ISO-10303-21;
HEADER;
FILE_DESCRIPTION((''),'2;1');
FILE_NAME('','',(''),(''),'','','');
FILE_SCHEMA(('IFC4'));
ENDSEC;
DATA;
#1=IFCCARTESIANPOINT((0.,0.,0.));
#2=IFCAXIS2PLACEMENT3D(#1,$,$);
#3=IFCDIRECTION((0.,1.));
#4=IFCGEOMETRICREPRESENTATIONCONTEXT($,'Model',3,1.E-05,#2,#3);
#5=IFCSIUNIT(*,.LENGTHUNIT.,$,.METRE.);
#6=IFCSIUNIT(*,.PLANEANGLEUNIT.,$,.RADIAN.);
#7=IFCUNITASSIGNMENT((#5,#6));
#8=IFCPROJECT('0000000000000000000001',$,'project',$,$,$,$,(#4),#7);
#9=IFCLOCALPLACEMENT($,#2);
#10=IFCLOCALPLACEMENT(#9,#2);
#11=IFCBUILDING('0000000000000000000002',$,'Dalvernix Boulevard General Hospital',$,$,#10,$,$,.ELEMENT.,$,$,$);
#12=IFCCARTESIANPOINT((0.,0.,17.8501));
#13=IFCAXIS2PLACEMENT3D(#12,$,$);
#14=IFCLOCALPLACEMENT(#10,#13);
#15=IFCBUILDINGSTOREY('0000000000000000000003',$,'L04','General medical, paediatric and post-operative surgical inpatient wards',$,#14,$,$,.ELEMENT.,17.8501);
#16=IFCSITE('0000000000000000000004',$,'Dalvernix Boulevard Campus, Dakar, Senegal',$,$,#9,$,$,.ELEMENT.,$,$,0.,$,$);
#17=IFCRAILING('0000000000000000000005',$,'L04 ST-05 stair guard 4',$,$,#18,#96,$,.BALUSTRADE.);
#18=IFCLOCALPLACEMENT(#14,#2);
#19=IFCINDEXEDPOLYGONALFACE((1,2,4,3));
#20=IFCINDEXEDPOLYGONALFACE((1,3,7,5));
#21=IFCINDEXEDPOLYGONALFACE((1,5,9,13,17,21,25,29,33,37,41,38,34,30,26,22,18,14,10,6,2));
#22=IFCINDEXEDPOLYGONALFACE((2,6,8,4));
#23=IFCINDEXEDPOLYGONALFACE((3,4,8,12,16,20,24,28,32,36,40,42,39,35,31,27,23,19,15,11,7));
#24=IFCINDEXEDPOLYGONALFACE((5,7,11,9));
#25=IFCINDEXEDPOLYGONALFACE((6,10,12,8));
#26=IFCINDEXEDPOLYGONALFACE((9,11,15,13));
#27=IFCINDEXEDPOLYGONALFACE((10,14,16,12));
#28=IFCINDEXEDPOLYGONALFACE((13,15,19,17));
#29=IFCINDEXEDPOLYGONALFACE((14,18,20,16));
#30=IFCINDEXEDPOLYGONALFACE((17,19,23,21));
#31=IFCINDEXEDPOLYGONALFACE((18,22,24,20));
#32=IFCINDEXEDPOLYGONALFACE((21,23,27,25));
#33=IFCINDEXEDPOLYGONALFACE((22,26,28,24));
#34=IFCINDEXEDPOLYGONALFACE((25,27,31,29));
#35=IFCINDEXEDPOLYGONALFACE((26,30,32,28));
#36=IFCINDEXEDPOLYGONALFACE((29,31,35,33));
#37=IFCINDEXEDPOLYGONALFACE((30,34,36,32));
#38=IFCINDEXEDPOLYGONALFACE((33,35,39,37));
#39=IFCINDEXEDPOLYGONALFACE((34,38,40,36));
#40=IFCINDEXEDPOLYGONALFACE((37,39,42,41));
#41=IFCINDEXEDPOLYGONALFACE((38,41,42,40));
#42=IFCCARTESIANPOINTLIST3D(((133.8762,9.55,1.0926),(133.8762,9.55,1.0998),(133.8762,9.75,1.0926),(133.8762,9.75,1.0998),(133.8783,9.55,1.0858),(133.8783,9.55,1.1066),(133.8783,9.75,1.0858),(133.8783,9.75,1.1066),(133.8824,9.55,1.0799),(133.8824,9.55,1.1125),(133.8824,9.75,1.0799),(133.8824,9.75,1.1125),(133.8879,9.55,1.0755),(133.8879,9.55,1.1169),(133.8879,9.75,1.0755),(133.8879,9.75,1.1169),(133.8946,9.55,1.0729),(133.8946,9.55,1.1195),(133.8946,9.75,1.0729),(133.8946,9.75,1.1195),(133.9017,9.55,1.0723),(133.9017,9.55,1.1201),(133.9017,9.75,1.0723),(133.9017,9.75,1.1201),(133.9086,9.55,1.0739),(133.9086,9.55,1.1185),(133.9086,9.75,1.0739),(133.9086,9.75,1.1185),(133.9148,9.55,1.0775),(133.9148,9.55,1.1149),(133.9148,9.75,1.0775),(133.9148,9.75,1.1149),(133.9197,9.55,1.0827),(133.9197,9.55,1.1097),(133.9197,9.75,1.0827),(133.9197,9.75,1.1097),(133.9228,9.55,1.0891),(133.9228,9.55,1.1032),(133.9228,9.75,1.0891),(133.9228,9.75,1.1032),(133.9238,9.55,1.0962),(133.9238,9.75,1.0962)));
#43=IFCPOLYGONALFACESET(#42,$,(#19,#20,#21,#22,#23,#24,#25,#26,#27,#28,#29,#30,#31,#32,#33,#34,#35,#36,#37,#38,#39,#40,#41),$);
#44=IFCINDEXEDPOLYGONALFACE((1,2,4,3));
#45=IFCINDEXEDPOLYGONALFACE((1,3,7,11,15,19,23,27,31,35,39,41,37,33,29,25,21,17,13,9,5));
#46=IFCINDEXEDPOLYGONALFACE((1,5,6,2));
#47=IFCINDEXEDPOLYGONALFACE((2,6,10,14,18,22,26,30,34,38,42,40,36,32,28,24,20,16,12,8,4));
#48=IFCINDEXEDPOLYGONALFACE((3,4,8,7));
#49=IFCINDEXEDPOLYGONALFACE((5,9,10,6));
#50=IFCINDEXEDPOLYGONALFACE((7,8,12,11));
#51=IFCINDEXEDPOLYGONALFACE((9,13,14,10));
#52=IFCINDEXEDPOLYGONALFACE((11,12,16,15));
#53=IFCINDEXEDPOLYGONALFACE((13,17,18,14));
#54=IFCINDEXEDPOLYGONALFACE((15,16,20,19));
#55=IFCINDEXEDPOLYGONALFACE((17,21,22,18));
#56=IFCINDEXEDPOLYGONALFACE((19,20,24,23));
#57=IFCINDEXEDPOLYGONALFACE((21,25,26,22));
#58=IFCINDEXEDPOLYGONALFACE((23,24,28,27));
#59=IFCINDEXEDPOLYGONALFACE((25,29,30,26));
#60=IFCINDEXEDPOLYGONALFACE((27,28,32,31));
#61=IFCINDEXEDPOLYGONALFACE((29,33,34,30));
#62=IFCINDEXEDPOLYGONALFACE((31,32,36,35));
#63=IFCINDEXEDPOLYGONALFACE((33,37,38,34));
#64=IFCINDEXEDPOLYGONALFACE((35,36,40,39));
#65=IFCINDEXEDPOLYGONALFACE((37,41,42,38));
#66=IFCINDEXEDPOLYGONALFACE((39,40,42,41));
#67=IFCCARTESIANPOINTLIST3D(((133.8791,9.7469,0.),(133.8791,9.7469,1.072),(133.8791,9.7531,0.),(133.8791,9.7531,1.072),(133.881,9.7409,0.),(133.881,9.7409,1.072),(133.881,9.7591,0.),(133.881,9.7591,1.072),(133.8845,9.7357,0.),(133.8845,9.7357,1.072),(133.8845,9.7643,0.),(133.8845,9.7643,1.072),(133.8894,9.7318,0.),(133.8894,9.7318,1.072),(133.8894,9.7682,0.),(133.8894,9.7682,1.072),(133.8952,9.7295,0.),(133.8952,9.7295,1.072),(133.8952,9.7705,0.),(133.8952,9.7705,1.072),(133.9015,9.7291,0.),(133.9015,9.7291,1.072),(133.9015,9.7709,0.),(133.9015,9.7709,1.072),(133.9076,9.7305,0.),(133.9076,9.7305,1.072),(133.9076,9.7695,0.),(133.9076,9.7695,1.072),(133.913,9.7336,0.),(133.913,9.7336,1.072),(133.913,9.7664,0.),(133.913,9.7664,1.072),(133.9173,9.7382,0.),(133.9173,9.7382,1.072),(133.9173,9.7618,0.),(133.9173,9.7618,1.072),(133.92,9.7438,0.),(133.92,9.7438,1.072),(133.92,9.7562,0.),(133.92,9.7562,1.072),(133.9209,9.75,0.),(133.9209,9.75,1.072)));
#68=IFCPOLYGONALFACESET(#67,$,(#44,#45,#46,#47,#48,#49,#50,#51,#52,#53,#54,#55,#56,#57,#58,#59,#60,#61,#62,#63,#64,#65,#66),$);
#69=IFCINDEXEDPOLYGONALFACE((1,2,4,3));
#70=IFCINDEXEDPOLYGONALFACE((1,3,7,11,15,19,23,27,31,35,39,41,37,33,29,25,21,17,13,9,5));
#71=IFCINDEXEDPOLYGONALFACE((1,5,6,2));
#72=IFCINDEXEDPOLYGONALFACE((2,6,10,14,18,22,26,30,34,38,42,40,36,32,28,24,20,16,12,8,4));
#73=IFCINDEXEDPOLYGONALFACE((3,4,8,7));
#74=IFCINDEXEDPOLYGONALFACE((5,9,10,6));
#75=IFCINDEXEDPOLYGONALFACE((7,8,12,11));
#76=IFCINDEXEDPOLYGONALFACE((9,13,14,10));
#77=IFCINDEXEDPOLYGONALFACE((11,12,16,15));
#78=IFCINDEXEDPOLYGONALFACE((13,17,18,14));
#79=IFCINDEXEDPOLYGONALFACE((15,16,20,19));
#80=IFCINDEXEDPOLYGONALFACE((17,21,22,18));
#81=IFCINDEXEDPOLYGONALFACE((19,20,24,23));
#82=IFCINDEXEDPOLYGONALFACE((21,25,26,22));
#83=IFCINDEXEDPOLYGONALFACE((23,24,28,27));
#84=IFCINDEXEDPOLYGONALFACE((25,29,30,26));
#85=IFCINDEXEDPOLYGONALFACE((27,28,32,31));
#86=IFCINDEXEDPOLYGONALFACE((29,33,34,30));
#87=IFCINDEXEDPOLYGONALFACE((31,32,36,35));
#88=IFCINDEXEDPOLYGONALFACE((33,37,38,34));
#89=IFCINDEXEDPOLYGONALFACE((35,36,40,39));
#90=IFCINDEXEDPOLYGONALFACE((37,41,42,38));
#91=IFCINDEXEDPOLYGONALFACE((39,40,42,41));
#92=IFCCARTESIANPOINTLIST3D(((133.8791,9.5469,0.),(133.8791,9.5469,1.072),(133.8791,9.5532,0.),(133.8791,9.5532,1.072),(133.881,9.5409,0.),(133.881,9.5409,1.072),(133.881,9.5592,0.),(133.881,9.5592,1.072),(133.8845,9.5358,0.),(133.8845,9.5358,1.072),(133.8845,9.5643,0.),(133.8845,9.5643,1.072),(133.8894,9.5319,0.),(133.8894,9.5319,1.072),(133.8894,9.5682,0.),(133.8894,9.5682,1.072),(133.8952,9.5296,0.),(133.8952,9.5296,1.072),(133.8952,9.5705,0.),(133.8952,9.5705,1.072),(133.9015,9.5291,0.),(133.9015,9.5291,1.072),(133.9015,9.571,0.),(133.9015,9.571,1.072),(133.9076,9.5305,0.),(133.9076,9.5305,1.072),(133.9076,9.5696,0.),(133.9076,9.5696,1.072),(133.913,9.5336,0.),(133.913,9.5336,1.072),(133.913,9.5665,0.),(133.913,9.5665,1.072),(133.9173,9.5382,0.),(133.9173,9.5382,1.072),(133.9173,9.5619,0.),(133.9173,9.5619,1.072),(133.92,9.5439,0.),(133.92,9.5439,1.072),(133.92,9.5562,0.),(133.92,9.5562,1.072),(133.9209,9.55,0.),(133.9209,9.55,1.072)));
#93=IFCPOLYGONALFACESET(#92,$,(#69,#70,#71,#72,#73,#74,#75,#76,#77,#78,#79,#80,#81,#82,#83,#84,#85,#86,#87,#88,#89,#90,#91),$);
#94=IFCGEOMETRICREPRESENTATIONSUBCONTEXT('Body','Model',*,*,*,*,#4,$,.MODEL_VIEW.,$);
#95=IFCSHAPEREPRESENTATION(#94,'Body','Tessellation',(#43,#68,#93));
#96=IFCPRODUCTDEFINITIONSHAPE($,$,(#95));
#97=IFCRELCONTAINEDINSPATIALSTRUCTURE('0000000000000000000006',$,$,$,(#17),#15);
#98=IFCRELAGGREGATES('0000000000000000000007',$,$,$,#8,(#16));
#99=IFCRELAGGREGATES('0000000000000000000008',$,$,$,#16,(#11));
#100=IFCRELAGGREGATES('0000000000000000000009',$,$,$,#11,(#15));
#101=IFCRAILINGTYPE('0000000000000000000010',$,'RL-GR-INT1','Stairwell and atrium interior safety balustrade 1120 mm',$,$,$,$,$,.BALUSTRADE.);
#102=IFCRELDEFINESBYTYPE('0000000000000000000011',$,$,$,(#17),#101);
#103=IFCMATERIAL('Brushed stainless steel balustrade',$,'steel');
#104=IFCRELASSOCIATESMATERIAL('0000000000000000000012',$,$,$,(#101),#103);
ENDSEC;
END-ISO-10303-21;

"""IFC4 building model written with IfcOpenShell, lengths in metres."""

from ifc_helpers import new_model, si_unit, direction, frame, origin, origin_2d, place, context, subcontext, project, spatial, circle, extrude, material, type_object, element, save


model = new_model("IFC4")

# Units and contexts
model_context = context("Model", 3, precision=1e-05, world=origin(), true_north=direction((0.0, 1.0)))
body_context = subcontext(model_context, "Body", "Model", "MODEL_VIEW")
ifc_project = project(units=[si_unit("LENGTHUNIT", "METRE"), si_unit("PLANEANGLEUNIT", "RADIAN")], contexts=[model_context])

# Site, building, storey
site_placement = place(None, origin())
site = spatial("IfcSite", under=ifc_project, at=site_placement, Name="Dalvernix Boulevard Campus, Dakar, Senegal", CompositionType="ELEMENT", RefElevation=0.0)
building_placement = place(site_placement, origin())
building = spatial("IfcBuilding", under=site, at=building_placement, Name="Dalvernix Boulevard General Hospital", CompositionType="ELEMENT")
storey_placement = place(building_placement, frame((0.0, 0.0, 17.8501)))
storey = spatial("IfcBuildingStorey", under=building, at=storey_placement, Name="L04", Description="General medical, paediatric and post-operative surgical inpatient wards", CompositionType="ELEMENT", Elevation=17.8501)

# Railing
ifc_material_1 = material(Name="Brushed stainless steel balustrade", Category="steel")
railing_type_1 = type_object("IfcRailingType", Name="RL-GR-INT1", Description="Stairwell and atrium interior safety balustrade 1120 mm", PredefinedType="BALUSTRADE", material=ifc_material_1)
railing_1_placement = place(storey_placement, frame((133.8999, 9.75, 0.0)))
element("IfcRailing", 1, at=railing_1_placement, inside=storey, type_object=railing_type_1, Name="L04 ST-05 stair guard 4", PredefinedType="BALUSTRADE", context=body_context, shape_type="SweptSolid", body=[
    extrude(circle(Radius=0.0239, at=origin_2d()), frame((0.0, 0.0, 1.0962), z_axis=(0.0, -1.0, 0.0), x_axis=(1.0, 0.0, 0.0)), (0.0, 0.0, 1.0), 0.2),
    extrude(circle(Radius=0.021, at=origin_2d()), origin(), (0.0, 0.0, 1.0), 1.072),
    extrude(circle(Radius=0.021, at=origin_2d()), frame((0.0, -0.2, 0.0)), (0.0, 0.0, 1.0), 1.072),
])

save(model, "model.ifc")
